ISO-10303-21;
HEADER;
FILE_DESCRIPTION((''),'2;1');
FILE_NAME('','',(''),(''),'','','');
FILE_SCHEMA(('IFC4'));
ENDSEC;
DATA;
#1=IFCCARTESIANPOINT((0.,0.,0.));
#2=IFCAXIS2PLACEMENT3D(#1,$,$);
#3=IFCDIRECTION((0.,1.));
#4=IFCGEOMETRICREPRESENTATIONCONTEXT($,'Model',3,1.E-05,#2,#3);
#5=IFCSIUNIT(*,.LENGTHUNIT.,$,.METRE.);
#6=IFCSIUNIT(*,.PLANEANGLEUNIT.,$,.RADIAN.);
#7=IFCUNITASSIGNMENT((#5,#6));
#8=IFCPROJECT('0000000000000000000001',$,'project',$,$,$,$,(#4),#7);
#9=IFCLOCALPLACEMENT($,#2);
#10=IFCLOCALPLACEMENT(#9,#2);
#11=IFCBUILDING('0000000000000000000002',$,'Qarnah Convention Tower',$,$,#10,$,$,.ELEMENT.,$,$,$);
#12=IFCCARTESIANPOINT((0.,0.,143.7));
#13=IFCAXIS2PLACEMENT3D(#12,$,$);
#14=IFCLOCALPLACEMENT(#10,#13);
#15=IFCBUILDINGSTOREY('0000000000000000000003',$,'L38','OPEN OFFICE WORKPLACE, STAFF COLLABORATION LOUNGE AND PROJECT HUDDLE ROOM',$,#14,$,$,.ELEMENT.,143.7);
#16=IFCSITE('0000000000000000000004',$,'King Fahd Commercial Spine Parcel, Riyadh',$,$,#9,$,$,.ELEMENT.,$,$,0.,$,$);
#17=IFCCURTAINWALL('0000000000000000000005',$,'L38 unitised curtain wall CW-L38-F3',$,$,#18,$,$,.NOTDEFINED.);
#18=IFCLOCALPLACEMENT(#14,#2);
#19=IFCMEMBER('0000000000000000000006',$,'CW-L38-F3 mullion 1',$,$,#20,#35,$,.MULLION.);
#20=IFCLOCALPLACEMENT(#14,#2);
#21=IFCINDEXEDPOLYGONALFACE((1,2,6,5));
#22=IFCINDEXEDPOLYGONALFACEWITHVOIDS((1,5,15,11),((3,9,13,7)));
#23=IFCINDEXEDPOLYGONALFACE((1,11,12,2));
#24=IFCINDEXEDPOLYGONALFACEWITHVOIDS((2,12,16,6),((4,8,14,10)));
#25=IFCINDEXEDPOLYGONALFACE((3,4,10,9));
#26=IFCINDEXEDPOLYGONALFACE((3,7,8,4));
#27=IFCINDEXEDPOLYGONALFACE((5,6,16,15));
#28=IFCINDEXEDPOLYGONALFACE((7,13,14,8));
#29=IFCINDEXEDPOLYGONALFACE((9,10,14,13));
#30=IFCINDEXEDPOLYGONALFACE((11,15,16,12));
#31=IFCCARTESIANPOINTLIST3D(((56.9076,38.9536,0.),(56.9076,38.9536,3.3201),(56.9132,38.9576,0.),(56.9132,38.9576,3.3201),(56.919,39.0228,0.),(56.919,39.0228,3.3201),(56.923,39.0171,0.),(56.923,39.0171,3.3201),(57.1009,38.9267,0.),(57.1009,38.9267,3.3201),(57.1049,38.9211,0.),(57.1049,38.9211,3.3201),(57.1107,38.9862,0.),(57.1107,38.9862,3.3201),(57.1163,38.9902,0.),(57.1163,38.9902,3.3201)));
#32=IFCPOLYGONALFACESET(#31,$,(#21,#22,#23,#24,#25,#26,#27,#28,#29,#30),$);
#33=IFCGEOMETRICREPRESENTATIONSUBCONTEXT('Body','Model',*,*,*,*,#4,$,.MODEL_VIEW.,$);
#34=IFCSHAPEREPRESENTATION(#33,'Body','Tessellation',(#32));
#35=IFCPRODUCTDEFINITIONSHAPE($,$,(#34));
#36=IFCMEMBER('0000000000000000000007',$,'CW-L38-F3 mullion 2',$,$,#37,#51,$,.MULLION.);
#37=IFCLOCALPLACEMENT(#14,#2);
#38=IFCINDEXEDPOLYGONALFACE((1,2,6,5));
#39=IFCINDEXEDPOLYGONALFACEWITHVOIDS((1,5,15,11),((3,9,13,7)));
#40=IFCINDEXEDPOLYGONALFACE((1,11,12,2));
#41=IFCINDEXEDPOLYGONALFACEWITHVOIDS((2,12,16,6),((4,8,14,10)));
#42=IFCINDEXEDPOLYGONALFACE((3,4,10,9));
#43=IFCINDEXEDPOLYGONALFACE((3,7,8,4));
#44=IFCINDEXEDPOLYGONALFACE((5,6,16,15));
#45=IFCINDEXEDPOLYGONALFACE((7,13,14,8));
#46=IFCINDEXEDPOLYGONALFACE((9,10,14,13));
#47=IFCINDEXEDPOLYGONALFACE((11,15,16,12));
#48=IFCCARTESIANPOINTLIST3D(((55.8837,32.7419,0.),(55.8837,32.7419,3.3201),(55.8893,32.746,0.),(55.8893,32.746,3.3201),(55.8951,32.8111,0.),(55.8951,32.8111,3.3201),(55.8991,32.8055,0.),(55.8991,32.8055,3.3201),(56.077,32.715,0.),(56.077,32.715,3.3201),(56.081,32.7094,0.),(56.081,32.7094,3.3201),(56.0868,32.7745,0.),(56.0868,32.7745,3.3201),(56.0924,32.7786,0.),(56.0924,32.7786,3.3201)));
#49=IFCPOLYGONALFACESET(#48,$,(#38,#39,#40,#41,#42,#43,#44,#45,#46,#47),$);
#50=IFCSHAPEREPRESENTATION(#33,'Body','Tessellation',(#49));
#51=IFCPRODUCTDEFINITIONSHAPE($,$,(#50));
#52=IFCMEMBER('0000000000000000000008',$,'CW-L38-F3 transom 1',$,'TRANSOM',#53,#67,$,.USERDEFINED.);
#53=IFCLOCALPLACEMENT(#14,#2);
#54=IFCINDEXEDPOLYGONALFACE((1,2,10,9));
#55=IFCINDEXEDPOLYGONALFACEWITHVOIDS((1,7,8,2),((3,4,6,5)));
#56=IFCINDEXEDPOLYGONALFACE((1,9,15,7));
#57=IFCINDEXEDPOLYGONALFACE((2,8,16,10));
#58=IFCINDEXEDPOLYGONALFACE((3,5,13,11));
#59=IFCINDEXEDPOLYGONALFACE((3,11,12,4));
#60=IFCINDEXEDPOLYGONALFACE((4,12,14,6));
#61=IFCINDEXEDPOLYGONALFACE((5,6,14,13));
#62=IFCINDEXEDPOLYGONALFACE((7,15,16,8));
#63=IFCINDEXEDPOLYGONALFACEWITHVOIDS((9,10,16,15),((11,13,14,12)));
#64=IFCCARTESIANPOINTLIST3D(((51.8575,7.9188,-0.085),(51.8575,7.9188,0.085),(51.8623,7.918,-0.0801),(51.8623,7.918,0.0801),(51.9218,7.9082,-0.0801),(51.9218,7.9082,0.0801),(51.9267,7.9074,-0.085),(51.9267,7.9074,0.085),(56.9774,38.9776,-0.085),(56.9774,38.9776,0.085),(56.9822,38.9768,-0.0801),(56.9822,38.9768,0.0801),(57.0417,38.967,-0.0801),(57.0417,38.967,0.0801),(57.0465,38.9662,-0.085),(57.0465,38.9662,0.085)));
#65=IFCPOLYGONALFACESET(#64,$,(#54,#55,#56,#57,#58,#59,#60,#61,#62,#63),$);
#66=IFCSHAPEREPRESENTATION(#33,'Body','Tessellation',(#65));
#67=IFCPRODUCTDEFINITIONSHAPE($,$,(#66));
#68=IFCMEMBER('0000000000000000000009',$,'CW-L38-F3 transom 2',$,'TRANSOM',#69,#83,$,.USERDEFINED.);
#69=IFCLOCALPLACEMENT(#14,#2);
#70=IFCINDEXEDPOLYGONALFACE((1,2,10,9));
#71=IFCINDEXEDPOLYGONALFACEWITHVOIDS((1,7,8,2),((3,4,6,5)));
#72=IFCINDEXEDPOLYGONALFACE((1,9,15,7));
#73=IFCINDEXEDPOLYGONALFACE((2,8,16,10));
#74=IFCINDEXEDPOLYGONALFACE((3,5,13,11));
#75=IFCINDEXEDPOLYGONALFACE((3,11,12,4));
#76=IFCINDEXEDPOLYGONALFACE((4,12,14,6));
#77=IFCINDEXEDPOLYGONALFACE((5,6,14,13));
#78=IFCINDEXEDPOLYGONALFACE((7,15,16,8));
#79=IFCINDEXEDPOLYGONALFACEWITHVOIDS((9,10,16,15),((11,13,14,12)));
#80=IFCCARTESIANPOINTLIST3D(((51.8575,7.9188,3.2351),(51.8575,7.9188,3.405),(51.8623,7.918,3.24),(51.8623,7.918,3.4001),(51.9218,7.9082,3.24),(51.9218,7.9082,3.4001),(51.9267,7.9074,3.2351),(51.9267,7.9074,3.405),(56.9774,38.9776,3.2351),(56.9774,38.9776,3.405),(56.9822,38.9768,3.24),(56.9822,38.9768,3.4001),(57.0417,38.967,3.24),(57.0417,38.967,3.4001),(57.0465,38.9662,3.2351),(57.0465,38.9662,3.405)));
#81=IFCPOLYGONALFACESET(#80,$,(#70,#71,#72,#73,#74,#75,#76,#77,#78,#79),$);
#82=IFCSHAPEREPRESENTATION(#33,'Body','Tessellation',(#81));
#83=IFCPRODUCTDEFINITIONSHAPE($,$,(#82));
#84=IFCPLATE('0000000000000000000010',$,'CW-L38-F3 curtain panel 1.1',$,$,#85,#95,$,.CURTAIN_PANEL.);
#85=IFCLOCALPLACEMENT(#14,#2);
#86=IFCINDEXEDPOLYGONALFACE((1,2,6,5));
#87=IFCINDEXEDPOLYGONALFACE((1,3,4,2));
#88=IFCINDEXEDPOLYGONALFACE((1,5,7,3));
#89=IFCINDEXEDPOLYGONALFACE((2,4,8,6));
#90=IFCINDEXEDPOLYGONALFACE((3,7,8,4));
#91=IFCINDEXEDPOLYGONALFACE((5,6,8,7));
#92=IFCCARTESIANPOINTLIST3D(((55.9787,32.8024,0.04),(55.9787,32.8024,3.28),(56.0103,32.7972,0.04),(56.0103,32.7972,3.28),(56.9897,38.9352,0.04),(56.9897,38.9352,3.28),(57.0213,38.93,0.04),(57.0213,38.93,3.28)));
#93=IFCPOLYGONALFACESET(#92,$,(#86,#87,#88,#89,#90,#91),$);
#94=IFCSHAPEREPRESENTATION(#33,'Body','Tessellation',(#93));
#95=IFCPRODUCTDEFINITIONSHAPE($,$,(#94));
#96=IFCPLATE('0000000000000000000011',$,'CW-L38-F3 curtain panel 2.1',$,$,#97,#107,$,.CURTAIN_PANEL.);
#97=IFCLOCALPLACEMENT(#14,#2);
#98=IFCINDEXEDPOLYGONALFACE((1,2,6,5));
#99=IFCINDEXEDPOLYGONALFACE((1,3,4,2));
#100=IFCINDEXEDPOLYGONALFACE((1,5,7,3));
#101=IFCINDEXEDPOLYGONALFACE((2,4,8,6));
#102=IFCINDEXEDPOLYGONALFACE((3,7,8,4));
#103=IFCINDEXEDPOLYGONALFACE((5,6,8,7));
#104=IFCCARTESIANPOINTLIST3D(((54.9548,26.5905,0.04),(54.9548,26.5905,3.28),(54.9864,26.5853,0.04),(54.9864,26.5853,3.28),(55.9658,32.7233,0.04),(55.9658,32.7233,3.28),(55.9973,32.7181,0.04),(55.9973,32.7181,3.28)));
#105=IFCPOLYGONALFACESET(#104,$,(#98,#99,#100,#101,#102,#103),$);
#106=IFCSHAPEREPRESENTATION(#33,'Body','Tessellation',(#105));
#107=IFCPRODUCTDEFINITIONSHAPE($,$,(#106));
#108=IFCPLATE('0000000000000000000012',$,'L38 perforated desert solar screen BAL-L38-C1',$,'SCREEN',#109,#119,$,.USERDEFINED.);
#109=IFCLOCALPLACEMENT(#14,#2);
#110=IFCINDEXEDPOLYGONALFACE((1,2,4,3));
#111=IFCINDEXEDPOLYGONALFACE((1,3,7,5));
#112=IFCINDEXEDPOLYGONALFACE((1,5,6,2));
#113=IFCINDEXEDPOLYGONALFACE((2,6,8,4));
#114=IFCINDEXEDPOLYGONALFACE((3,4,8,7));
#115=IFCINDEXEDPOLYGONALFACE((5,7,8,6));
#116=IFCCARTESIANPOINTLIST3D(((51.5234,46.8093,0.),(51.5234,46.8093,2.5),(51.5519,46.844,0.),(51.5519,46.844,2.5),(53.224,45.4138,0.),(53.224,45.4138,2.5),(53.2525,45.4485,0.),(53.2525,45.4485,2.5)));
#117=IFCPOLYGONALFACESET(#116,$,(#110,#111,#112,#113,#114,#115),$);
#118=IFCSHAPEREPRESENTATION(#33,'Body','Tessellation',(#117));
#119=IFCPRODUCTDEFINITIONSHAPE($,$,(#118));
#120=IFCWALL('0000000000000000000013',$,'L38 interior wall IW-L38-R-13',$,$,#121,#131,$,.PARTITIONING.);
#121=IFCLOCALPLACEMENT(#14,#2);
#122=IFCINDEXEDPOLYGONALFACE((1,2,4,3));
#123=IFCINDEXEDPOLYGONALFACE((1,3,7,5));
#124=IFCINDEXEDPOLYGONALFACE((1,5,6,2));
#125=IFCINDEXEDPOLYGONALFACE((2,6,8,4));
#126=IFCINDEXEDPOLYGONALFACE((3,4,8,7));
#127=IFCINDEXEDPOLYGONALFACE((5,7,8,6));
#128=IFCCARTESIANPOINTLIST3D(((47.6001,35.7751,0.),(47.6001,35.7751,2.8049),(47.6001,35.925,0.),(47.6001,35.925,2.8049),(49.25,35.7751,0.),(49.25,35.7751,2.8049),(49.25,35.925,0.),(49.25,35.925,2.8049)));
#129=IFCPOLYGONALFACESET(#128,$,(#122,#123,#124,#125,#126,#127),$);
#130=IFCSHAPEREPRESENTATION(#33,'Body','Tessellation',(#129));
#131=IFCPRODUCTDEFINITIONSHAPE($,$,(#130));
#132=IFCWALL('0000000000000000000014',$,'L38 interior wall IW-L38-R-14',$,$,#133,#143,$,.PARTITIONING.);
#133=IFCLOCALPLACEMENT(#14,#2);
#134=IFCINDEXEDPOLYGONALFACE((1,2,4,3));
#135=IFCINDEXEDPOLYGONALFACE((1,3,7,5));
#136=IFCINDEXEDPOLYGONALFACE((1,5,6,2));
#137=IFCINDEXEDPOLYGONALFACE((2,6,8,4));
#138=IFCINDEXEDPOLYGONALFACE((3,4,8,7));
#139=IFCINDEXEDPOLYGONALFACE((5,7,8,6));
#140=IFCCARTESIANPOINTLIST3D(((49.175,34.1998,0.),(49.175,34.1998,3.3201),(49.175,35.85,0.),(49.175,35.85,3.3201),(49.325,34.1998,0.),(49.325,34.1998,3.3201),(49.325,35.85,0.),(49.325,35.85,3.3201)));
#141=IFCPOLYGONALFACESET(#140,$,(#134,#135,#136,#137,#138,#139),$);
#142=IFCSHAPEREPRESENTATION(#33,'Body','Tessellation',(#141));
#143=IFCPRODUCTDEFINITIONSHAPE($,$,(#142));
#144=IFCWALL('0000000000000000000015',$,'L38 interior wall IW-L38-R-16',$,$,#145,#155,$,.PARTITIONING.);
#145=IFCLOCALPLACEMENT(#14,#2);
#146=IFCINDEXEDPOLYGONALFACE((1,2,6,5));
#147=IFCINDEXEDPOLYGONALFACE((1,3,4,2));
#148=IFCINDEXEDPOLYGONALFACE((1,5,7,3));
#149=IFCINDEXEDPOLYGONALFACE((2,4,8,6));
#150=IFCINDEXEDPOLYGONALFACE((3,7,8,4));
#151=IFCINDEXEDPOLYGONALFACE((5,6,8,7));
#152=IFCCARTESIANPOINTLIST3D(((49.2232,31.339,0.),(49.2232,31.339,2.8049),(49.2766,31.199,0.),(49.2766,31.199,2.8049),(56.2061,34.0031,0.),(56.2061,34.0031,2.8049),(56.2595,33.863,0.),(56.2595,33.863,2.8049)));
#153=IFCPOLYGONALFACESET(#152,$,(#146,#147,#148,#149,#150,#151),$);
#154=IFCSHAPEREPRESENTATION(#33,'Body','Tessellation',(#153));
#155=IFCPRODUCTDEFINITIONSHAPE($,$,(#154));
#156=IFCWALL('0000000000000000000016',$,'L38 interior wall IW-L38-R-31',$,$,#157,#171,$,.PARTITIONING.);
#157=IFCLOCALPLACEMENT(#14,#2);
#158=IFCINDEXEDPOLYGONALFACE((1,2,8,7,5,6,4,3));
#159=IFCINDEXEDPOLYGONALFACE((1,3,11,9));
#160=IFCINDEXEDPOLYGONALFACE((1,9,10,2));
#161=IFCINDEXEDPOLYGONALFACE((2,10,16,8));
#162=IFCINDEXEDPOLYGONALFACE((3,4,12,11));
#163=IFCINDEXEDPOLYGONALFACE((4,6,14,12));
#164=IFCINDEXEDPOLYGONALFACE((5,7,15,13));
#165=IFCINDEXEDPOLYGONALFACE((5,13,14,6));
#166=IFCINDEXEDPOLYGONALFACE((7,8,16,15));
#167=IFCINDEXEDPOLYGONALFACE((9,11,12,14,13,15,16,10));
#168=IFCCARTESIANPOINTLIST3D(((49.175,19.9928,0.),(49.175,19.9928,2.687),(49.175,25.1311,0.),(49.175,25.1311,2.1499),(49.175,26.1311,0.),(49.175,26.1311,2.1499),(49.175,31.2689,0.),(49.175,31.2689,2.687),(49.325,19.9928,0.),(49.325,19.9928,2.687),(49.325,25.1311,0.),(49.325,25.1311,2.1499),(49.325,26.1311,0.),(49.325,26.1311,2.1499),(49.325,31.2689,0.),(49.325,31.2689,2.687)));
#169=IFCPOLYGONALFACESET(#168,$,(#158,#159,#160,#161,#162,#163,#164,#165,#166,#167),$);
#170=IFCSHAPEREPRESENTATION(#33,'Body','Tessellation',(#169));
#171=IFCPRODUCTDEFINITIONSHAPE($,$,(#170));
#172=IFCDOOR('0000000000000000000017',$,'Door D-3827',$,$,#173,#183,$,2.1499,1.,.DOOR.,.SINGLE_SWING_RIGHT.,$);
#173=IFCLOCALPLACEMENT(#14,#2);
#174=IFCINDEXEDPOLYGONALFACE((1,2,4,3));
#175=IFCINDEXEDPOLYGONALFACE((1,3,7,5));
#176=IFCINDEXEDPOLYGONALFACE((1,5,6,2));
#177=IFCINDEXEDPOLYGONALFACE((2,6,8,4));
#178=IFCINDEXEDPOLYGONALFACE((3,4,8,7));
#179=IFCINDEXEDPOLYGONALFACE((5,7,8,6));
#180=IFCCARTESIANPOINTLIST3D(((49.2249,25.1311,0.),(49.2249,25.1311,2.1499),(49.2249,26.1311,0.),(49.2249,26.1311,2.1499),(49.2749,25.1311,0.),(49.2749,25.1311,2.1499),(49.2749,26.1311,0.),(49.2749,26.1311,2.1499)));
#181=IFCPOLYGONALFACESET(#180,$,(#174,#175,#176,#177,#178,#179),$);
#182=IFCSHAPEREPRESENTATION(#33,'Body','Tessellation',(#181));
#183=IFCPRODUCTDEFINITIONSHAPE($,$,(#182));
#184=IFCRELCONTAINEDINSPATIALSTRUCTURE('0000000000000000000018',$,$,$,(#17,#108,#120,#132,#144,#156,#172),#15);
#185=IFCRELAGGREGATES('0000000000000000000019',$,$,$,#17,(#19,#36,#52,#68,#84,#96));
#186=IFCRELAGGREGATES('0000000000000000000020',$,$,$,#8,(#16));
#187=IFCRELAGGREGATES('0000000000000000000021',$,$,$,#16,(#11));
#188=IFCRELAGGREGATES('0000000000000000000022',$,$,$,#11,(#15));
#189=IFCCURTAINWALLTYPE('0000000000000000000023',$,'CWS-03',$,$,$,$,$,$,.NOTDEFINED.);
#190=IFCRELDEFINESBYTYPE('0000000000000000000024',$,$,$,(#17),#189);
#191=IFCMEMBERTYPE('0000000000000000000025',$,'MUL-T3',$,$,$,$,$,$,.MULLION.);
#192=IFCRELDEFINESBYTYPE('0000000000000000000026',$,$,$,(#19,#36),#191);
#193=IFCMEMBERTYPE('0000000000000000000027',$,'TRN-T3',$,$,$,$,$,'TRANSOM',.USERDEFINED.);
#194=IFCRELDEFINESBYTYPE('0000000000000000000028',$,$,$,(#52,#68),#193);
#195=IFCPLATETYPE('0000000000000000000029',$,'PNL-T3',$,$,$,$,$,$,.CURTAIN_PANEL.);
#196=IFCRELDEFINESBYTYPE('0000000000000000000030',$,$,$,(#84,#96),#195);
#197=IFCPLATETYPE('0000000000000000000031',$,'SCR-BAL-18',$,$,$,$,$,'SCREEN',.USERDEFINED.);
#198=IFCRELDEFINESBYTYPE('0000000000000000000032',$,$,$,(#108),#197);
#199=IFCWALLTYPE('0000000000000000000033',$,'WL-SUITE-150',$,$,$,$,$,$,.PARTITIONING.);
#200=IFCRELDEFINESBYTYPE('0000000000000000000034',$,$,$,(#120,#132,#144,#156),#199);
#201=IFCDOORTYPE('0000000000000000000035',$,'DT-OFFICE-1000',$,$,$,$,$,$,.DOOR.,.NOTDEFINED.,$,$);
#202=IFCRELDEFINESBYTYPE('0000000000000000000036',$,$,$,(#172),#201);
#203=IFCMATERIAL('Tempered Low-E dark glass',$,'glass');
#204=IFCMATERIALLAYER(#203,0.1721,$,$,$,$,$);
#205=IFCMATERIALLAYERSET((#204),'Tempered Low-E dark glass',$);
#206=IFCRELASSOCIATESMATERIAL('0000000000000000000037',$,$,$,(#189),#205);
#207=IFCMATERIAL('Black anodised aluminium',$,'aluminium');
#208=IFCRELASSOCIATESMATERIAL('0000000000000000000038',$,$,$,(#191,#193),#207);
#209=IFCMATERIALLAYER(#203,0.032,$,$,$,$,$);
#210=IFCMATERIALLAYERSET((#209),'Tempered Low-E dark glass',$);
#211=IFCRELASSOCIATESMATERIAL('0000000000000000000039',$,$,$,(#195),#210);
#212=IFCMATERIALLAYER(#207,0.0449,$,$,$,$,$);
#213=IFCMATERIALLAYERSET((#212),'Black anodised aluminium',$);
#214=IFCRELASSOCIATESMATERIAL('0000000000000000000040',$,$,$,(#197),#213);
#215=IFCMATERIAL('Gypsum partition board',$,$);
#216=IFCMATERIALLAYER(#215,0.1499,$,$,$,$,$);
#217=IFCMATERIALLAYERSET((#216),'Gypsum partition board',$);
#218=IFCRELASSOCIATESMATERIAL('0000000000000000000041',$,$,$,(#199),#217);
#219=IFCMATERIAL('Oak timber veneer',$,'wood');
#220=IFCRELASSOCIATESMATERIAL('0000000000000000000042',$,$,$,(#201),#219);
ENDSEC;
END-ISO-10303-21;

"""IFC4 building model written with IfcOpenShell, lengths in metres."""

from ifc_helpers import new_model, si_unit, direction, frame, frame_2d, origin, origin_2d, place, context, subcontext, project, spatial, rectangle, hollow_rectangle, extrude, material, layer, layer_set, material_profile, profile_set, type_object, element, fill, aggregate, save


model = new_model("IFC4")

# Units and contexts
model_context = context("Model", 3, precision=1e-05, world=origin(), true_north=direction((0.0, 1.0)))
body_context = subcontext(model_context, "Body", "Model", "MODEL_VIEW")
ifc_project = project(units=[si_unit("LENGTHUNIT", "METRE"), si_unit("PLANEANGLEUNIT", "RADIAN")], contexts=[model_context])

# Site, building, storey
site_placement = place(None, origin())
site = spatial("IfcSite", under=ifc_project, at=site_placement, Name="King Fahd Commercial Spine Parcel, Riyadh", CompositionType="ELEMENT", RefElevation=0.0)
building_placement = place(site_placement, origin())
building = spatial("IfcBuilding", under=site, at=building_placement, Name="Qarnah Convention Tower", CompositionType="ELEMENT")
storey_placement = place(building_placement, frame((0.0, 0.0, 143.7)))
storey = spatial("IfcBuildingStorey", under=building, at=storey_placement, Name="L38", Description="OPEN OFFICE WORKPLACE, STAFF COLLABORATION LOUNGE AND PROJECT HUDDLE ROOM", CompositionType="ELEMENT", Elevation=143.7)

# Shared definitions
ifc_material_1 = material(Name="Tempered Low-E dark glass", Category="glass")
ifc_layer_1 = layer(ifc_material_1, 0.1721)
ifc_layer_set_1 = layer_set([ifc_layer_1], Name="Tempered Low-E dark glass")
curtain_wall_type = type_object("IfcCurtainWallType", Name="CWS-03", PredefinedType="NOTDEFINED", material=ifc_layer_set_1)
ifc_material_2 = material(Name="Black anodised aluminium", Category="aluminium")
ifc_material_profile_1 = material_profile(ifc_material_2, hollow_rectangle(XDim=0.0701, YDim=0.2, WallThickness=0.0049, at=origin_2d()), Name="MUL-70X200")
ifc_profile_set_1 = profile_set([ifc_material_profile_1], Name="Black anodised aluminium")
member_type_1 = type_object("IfcMemberType", Name="MUL-T3", PredefinedType="MULLION", material=ifc_profile_set_1)

# Curtain wall, members, plates
curtain_wall_1_placement = place(storey_placement, origin())
curtain_wall_1 = element("IfcCurtainWall", 1, at=curtain_wall_1_placement, inside=storey, type_object=curtain_wall_type, Name="L38 unitised curtain wall CW-L38-F3", PredefinedType="NOTDEFINED")
member_1_placement = place(storey_placement, frame((57.012, 38.9719, 0.0), z_axis=(0.0, 0.0, 1.0), x_axis=(-0.162652, -0.986683, 0.0)))
member_1 = element("IfcMember", 2, at=member_1_placement, type_object=member_type_1, Name="CW-L38-F3 mullion 1", PredefinedType="MULLION", context=body_context, shape_type="SweptSolid", body=[
    extrude(hollow_rectangle(XDim=0.0701, YDim=0.2, WallThickness=0.0049, at=origin_2d()), origin(), (0.0, 0.0, 1.0), 3.3201),
])
member_2_placement = place(storey_placement, frame((55.988, 32.7603, 0.0), z_axis=(0.0, 0.0, 1.0), x_axis=(-0.162652, -0.986683, 0.0)))
member_2 = element("IfcMember", 3, at=member_2_placement, type_object=member_type_1, Name="CW-L38-F3 mullion 2", PredefinedType="MULLION", context=body_context, shape_type="SweptSolid", body=[
    extrude(hollow_rectangle(XDim=0.0701, YDim=0.2, WallThickness=0.0049, at=origin_2d()), origin(), (0.0, 0.0, 1.0), 3.3201),
])
ifc_material_profile_2 = material_profile(ifc_material_2, hollow_rectangle(XDim=0.0701, YDim=0.1699, WallThickness=0.0049, at=origin_2d()), Name="TRN-70X170")
ifc_profile_set_2 = profile_set([ifc_material_profile_2], Name="Black anodised aluminium")
member_type_2 = type_object("IfcMemberType", Name="TRN-T3", ElementType="TRANSOM", PredefinedType="USERDEFINED", material=ifc_profile_set_2)
member_3_placement = place(storey_placement, frame((57.012, 38.9719, 0.0), z_axis=(-0.162649, -0.986684, 0.0), x_axis=(0.986684, -0.162649, 0.0)))
member_3 = element("IfcMember", 4, at=member_3_placement, type_object=member_type_2, Name="CW-L38-F3 transom 1", ObjectType="TRANSOM", PredefinedType="USERDEFINED", context=body_context, shape_type="SweptSolid", body=[
    extrude(hollow_rectangle(XDim=0.0701, YDim=0.1699, WallThickness=0.0049, at=origin_2d()), origin(), (0.0, 0.0, 1.0), 31.478),
])
member_4_placement = place(storey_placement, frame((57.012, 38.9719, 3.3201), z_axis=(-0.162649, -0.986684, 0.0), x_axis=(0.986684, -0.162649, 0.0)))
member_4 = element("IfcMember", 5, at=member_4_placement, type_object=member_type_2, Name="CW-L38-F3 transom 2", ObjectType="TRANSOM", PredefinedType="USERDEFINED", context=body_context, shape_type="SweptSolid", body=[
    extrude(hollow_rectangle(XDim=0.0701, YDim=0.1699, WallThickness=0.0049, at=origin_2d()), origin(), (0.0, 0.0, 1.0), 31.478),
])
ifc_layer_2 = layer(ifc_material_1, 0.032)
ifc_layer_set_2 = layer_set([ifc_layer_2], Name="Tempered Low-E dark glass")
plate_type_1 = type_object("IfcPlateType", Name="PNL-T3", PredefinedType="CURTAIN_PANEL", material=ifc_layer_set_2)
plate_1_placement = place(storey_placement, frame((56.5, 35.8662, 0.04), z_axis=(0.0, 0.0, 1.0), x_axis=(-0.162652, -0.986683, 0.0)))
plate_1 = element("IfcPlate", 6, at=plate_1_placement, type_object=plate_type_1, Name="CW-L38-F3 curtain panel 1.1", PredefinedType="CURTAIN_PANEL", context=body_context, shape_type="SweptSolid", body=[
    extrude(rectangle(XDim=6.2156, YDim=0.032, at=origin_2d()), origin(), (0.0, 0.0, 1.0), 3.24),
])
plate_2_placement = place(storey_placement, frame((55.4761, 29.6543, 0.04), z_axis=(0.0, 0.0, 1.0), x_axis=(-0.162652, -0.986683, 0.0)))
plate_2 = element("IfcPlate", 7, at=plate_2_placement, type_object=plate_type_1, Name="CW-L38-F3 curtain panel 2.1", PredefinedType="CURTAIN_PANEL", context=body_context, shape_type="SweptSolid", body=[
    extrude(rectangle(XDim=6.2156, YDim=0.032, at=origin_2d()), origin(), (0.0, 0.0, 1.0), 3.24),
])
aggregate(curtain_wall_1, [member_1, member_2, member_3, member_4, plate_1, plate_2])

# Plate
ifc_layer_3 = layer(ifc_material_2, 0.0449)
ifc_layer_set_3 = layer_set([ifc_layer_3], Name="Black anodised aluminium")
plate_type_2 = type_object("IfcPlateType", Name="SCR-BAL-18", ElementType="SCREEN", PredefinedType="USERDEFINED", material=ifc_layer_set_3)
plate_3_placement = place(storey_placement, frame((52.3879, 46.1289, 0.0), z_axis=(0.0, 0.0, 1.0), x_axis=(0.773046, -0.63435, 0.0)))
element("IfcPlate", 8, at=plate_3_placement, inside=storey, type_object=plate_type_2, Name="L38 perforated desert solar screen BAL-L38-C1", ObjectType="SCREEN", PredefinedType="USERDEFINED", context=body_context, shape_type="SweptSolid", body=[
    extrude(rectangle(XDim=2.2, YDim=0.0449, at=origin_2d()), origin(), (0.0, 0.0, 1.0), 2.5),
])

# Walls
ifc_material_3 = material(Name="Gypsum partition board")
ifc_layer_4 = layer(ifc_material_3, 0.1499)
ifc_layer_set_4 = layer_set([ifc_layer_4], Name="Gypsum partition board")
wall_type_1 = type_object("IfcWallType", Name="WL-SUITE-150", PredefinedType="PARTITIONING", material=ifc_layer_set_4)
wall_1_placement = place(storey_placement, frame((47.6001, 35.8501, 0.0), z_axis=(0.0, 0.0, 1.0), x_axis=(1.0, 0.0, 0.0)))
element("IfcWall", 9, at=wall_1_placement, inside=storey, type_object=wall_type_1, Name="L38 interior wall IW-L38-R-13", PredefinedType="PARTITIONING", context=body_context, shape_type="SweptSolid", body=[
    extrude(rectangle(XDim=1.6499, YDim=0.1499, at=frame_2d((0.825, 0.0))), origin(), (0.0, 0.0, 1.0), 2.8049),
])
wall_2_placement = place(storey_placement, frame((49.25, 35.8501, 0.0), z_axis=(0.0, 0.0, 1.0), x_axis=(0.0, -1.0, 0.0)))
element("IfcWall", 10, at=wall_2_placement, inside=storey, type_object=wall_type_1, Name="L38 interior wall IW-L38-R-14", PredefinedType="PARTITIONING", context=body_context, shape_type="SweptSolid", body=[
    extrude(rectangle(XDim=1.6501, YDim=0.1499, at=frame_2d((0.8252, 0.0))), origin(), (0.0, 0.0, 1.0), 3.3201),
])

# Shared definitions
ifc_material_4 = material(Name="Oak timber veneer", Category="wood")
door_type_1 = type_object("IfcDoorType", Name="DT-OFFICE-1000", OperationType="NOTDEFINED", PredefinedType="DOOR", material=ifc_material_4)

# Wall
wall_3_placement = place(storey_placement, frame((49.25, 31.269, 0.0), z_axis=(0.0, 0.0, 1.0), x_axis=(0.934314, 0.356452, 0.0)))
element("IfcWall", 11, at=wall_3_placement, inside=storey, type_object=wall_type_1, Name="L38 interior wall IW-L38-R-16", PredefinedType="PARTITIONING", context=body_context, shape_type="SweptSolid", body=[
    extrude(rectangle(XDim=7.4739, YDim=0.1499, at=frame_2d((3.7368, 0.0))), origin(), (0.0, 0.0, 1.0), 2.8049),
])

# Wall, opening, door
wall_4_placement = place(storey_placement, frame((49.25, 31.269, 0.0), z_axis=(0.0, 0.0, 1.0), x_axis=(0.0, -1.0, 0.0)))
wall_4 = element("IfcWall", 12, at=wall_4_placement, inside=storey, type_object=wall_type_1, Name="L38 interior wall IW-L38-R-31", PredefinedType="PARTITIONING", context=body_context, shape_type="SweptSolid", body=[
    extrude(rectangle(XDim=11.2761, YDim=0.1499, at=frame_2d((5.6382, 0.0))), origin(), (0.0, 0.0, 1.0), 2.687),
])
opening_1_placement = place(wall_4_placement, frame((5.1379, 0.0, 0.0)))
opening_1 = element("IfcOpeningElement", 13, at=opening_1_placement, cuts=wall_4, PredefinedType="OPENING", context=body_context, shape_type="SweptSolid", body=[
    extrude(rectangle(XDim=1.0, YDim=2.1499, at=frame_2d((0.5, 1.075))), frame((0.0, 0.085, 0.0), z_axis=(0.0, -1.0, 0.0), x_axis=(1.0, 0.0, 0.0)), (0.0, 0.0, 1.0), 0.1699),
])
door_1_placement = place(opening_1_placement, origin())
door_1 = element("IfcDoor", 14, at=door_1_placement, inside=storey, type_object=door_type_1, Name="Door D-3827", OperationType="SINGLE_SWING_RIGHT", OverallHeight=2.1499, OverallWidth=1.0, PredefinedType="DOOR", context=body_context, shape_type="SweptSolid", body=[
    extrude(rectangle(XDim=1.0, YDim=2.1499, at=frame_2d((0.5, 1.075))), frame((0.0, 0.0249, 0.0), z_axis=(0.0, -1.0, 0.0), x_axis=(1.0, 0.0, 0.0)), (0.0, 0.0, 1.0), 0.05),
])
fill(opening_1, door_1)

save(model, "model.ifc")
